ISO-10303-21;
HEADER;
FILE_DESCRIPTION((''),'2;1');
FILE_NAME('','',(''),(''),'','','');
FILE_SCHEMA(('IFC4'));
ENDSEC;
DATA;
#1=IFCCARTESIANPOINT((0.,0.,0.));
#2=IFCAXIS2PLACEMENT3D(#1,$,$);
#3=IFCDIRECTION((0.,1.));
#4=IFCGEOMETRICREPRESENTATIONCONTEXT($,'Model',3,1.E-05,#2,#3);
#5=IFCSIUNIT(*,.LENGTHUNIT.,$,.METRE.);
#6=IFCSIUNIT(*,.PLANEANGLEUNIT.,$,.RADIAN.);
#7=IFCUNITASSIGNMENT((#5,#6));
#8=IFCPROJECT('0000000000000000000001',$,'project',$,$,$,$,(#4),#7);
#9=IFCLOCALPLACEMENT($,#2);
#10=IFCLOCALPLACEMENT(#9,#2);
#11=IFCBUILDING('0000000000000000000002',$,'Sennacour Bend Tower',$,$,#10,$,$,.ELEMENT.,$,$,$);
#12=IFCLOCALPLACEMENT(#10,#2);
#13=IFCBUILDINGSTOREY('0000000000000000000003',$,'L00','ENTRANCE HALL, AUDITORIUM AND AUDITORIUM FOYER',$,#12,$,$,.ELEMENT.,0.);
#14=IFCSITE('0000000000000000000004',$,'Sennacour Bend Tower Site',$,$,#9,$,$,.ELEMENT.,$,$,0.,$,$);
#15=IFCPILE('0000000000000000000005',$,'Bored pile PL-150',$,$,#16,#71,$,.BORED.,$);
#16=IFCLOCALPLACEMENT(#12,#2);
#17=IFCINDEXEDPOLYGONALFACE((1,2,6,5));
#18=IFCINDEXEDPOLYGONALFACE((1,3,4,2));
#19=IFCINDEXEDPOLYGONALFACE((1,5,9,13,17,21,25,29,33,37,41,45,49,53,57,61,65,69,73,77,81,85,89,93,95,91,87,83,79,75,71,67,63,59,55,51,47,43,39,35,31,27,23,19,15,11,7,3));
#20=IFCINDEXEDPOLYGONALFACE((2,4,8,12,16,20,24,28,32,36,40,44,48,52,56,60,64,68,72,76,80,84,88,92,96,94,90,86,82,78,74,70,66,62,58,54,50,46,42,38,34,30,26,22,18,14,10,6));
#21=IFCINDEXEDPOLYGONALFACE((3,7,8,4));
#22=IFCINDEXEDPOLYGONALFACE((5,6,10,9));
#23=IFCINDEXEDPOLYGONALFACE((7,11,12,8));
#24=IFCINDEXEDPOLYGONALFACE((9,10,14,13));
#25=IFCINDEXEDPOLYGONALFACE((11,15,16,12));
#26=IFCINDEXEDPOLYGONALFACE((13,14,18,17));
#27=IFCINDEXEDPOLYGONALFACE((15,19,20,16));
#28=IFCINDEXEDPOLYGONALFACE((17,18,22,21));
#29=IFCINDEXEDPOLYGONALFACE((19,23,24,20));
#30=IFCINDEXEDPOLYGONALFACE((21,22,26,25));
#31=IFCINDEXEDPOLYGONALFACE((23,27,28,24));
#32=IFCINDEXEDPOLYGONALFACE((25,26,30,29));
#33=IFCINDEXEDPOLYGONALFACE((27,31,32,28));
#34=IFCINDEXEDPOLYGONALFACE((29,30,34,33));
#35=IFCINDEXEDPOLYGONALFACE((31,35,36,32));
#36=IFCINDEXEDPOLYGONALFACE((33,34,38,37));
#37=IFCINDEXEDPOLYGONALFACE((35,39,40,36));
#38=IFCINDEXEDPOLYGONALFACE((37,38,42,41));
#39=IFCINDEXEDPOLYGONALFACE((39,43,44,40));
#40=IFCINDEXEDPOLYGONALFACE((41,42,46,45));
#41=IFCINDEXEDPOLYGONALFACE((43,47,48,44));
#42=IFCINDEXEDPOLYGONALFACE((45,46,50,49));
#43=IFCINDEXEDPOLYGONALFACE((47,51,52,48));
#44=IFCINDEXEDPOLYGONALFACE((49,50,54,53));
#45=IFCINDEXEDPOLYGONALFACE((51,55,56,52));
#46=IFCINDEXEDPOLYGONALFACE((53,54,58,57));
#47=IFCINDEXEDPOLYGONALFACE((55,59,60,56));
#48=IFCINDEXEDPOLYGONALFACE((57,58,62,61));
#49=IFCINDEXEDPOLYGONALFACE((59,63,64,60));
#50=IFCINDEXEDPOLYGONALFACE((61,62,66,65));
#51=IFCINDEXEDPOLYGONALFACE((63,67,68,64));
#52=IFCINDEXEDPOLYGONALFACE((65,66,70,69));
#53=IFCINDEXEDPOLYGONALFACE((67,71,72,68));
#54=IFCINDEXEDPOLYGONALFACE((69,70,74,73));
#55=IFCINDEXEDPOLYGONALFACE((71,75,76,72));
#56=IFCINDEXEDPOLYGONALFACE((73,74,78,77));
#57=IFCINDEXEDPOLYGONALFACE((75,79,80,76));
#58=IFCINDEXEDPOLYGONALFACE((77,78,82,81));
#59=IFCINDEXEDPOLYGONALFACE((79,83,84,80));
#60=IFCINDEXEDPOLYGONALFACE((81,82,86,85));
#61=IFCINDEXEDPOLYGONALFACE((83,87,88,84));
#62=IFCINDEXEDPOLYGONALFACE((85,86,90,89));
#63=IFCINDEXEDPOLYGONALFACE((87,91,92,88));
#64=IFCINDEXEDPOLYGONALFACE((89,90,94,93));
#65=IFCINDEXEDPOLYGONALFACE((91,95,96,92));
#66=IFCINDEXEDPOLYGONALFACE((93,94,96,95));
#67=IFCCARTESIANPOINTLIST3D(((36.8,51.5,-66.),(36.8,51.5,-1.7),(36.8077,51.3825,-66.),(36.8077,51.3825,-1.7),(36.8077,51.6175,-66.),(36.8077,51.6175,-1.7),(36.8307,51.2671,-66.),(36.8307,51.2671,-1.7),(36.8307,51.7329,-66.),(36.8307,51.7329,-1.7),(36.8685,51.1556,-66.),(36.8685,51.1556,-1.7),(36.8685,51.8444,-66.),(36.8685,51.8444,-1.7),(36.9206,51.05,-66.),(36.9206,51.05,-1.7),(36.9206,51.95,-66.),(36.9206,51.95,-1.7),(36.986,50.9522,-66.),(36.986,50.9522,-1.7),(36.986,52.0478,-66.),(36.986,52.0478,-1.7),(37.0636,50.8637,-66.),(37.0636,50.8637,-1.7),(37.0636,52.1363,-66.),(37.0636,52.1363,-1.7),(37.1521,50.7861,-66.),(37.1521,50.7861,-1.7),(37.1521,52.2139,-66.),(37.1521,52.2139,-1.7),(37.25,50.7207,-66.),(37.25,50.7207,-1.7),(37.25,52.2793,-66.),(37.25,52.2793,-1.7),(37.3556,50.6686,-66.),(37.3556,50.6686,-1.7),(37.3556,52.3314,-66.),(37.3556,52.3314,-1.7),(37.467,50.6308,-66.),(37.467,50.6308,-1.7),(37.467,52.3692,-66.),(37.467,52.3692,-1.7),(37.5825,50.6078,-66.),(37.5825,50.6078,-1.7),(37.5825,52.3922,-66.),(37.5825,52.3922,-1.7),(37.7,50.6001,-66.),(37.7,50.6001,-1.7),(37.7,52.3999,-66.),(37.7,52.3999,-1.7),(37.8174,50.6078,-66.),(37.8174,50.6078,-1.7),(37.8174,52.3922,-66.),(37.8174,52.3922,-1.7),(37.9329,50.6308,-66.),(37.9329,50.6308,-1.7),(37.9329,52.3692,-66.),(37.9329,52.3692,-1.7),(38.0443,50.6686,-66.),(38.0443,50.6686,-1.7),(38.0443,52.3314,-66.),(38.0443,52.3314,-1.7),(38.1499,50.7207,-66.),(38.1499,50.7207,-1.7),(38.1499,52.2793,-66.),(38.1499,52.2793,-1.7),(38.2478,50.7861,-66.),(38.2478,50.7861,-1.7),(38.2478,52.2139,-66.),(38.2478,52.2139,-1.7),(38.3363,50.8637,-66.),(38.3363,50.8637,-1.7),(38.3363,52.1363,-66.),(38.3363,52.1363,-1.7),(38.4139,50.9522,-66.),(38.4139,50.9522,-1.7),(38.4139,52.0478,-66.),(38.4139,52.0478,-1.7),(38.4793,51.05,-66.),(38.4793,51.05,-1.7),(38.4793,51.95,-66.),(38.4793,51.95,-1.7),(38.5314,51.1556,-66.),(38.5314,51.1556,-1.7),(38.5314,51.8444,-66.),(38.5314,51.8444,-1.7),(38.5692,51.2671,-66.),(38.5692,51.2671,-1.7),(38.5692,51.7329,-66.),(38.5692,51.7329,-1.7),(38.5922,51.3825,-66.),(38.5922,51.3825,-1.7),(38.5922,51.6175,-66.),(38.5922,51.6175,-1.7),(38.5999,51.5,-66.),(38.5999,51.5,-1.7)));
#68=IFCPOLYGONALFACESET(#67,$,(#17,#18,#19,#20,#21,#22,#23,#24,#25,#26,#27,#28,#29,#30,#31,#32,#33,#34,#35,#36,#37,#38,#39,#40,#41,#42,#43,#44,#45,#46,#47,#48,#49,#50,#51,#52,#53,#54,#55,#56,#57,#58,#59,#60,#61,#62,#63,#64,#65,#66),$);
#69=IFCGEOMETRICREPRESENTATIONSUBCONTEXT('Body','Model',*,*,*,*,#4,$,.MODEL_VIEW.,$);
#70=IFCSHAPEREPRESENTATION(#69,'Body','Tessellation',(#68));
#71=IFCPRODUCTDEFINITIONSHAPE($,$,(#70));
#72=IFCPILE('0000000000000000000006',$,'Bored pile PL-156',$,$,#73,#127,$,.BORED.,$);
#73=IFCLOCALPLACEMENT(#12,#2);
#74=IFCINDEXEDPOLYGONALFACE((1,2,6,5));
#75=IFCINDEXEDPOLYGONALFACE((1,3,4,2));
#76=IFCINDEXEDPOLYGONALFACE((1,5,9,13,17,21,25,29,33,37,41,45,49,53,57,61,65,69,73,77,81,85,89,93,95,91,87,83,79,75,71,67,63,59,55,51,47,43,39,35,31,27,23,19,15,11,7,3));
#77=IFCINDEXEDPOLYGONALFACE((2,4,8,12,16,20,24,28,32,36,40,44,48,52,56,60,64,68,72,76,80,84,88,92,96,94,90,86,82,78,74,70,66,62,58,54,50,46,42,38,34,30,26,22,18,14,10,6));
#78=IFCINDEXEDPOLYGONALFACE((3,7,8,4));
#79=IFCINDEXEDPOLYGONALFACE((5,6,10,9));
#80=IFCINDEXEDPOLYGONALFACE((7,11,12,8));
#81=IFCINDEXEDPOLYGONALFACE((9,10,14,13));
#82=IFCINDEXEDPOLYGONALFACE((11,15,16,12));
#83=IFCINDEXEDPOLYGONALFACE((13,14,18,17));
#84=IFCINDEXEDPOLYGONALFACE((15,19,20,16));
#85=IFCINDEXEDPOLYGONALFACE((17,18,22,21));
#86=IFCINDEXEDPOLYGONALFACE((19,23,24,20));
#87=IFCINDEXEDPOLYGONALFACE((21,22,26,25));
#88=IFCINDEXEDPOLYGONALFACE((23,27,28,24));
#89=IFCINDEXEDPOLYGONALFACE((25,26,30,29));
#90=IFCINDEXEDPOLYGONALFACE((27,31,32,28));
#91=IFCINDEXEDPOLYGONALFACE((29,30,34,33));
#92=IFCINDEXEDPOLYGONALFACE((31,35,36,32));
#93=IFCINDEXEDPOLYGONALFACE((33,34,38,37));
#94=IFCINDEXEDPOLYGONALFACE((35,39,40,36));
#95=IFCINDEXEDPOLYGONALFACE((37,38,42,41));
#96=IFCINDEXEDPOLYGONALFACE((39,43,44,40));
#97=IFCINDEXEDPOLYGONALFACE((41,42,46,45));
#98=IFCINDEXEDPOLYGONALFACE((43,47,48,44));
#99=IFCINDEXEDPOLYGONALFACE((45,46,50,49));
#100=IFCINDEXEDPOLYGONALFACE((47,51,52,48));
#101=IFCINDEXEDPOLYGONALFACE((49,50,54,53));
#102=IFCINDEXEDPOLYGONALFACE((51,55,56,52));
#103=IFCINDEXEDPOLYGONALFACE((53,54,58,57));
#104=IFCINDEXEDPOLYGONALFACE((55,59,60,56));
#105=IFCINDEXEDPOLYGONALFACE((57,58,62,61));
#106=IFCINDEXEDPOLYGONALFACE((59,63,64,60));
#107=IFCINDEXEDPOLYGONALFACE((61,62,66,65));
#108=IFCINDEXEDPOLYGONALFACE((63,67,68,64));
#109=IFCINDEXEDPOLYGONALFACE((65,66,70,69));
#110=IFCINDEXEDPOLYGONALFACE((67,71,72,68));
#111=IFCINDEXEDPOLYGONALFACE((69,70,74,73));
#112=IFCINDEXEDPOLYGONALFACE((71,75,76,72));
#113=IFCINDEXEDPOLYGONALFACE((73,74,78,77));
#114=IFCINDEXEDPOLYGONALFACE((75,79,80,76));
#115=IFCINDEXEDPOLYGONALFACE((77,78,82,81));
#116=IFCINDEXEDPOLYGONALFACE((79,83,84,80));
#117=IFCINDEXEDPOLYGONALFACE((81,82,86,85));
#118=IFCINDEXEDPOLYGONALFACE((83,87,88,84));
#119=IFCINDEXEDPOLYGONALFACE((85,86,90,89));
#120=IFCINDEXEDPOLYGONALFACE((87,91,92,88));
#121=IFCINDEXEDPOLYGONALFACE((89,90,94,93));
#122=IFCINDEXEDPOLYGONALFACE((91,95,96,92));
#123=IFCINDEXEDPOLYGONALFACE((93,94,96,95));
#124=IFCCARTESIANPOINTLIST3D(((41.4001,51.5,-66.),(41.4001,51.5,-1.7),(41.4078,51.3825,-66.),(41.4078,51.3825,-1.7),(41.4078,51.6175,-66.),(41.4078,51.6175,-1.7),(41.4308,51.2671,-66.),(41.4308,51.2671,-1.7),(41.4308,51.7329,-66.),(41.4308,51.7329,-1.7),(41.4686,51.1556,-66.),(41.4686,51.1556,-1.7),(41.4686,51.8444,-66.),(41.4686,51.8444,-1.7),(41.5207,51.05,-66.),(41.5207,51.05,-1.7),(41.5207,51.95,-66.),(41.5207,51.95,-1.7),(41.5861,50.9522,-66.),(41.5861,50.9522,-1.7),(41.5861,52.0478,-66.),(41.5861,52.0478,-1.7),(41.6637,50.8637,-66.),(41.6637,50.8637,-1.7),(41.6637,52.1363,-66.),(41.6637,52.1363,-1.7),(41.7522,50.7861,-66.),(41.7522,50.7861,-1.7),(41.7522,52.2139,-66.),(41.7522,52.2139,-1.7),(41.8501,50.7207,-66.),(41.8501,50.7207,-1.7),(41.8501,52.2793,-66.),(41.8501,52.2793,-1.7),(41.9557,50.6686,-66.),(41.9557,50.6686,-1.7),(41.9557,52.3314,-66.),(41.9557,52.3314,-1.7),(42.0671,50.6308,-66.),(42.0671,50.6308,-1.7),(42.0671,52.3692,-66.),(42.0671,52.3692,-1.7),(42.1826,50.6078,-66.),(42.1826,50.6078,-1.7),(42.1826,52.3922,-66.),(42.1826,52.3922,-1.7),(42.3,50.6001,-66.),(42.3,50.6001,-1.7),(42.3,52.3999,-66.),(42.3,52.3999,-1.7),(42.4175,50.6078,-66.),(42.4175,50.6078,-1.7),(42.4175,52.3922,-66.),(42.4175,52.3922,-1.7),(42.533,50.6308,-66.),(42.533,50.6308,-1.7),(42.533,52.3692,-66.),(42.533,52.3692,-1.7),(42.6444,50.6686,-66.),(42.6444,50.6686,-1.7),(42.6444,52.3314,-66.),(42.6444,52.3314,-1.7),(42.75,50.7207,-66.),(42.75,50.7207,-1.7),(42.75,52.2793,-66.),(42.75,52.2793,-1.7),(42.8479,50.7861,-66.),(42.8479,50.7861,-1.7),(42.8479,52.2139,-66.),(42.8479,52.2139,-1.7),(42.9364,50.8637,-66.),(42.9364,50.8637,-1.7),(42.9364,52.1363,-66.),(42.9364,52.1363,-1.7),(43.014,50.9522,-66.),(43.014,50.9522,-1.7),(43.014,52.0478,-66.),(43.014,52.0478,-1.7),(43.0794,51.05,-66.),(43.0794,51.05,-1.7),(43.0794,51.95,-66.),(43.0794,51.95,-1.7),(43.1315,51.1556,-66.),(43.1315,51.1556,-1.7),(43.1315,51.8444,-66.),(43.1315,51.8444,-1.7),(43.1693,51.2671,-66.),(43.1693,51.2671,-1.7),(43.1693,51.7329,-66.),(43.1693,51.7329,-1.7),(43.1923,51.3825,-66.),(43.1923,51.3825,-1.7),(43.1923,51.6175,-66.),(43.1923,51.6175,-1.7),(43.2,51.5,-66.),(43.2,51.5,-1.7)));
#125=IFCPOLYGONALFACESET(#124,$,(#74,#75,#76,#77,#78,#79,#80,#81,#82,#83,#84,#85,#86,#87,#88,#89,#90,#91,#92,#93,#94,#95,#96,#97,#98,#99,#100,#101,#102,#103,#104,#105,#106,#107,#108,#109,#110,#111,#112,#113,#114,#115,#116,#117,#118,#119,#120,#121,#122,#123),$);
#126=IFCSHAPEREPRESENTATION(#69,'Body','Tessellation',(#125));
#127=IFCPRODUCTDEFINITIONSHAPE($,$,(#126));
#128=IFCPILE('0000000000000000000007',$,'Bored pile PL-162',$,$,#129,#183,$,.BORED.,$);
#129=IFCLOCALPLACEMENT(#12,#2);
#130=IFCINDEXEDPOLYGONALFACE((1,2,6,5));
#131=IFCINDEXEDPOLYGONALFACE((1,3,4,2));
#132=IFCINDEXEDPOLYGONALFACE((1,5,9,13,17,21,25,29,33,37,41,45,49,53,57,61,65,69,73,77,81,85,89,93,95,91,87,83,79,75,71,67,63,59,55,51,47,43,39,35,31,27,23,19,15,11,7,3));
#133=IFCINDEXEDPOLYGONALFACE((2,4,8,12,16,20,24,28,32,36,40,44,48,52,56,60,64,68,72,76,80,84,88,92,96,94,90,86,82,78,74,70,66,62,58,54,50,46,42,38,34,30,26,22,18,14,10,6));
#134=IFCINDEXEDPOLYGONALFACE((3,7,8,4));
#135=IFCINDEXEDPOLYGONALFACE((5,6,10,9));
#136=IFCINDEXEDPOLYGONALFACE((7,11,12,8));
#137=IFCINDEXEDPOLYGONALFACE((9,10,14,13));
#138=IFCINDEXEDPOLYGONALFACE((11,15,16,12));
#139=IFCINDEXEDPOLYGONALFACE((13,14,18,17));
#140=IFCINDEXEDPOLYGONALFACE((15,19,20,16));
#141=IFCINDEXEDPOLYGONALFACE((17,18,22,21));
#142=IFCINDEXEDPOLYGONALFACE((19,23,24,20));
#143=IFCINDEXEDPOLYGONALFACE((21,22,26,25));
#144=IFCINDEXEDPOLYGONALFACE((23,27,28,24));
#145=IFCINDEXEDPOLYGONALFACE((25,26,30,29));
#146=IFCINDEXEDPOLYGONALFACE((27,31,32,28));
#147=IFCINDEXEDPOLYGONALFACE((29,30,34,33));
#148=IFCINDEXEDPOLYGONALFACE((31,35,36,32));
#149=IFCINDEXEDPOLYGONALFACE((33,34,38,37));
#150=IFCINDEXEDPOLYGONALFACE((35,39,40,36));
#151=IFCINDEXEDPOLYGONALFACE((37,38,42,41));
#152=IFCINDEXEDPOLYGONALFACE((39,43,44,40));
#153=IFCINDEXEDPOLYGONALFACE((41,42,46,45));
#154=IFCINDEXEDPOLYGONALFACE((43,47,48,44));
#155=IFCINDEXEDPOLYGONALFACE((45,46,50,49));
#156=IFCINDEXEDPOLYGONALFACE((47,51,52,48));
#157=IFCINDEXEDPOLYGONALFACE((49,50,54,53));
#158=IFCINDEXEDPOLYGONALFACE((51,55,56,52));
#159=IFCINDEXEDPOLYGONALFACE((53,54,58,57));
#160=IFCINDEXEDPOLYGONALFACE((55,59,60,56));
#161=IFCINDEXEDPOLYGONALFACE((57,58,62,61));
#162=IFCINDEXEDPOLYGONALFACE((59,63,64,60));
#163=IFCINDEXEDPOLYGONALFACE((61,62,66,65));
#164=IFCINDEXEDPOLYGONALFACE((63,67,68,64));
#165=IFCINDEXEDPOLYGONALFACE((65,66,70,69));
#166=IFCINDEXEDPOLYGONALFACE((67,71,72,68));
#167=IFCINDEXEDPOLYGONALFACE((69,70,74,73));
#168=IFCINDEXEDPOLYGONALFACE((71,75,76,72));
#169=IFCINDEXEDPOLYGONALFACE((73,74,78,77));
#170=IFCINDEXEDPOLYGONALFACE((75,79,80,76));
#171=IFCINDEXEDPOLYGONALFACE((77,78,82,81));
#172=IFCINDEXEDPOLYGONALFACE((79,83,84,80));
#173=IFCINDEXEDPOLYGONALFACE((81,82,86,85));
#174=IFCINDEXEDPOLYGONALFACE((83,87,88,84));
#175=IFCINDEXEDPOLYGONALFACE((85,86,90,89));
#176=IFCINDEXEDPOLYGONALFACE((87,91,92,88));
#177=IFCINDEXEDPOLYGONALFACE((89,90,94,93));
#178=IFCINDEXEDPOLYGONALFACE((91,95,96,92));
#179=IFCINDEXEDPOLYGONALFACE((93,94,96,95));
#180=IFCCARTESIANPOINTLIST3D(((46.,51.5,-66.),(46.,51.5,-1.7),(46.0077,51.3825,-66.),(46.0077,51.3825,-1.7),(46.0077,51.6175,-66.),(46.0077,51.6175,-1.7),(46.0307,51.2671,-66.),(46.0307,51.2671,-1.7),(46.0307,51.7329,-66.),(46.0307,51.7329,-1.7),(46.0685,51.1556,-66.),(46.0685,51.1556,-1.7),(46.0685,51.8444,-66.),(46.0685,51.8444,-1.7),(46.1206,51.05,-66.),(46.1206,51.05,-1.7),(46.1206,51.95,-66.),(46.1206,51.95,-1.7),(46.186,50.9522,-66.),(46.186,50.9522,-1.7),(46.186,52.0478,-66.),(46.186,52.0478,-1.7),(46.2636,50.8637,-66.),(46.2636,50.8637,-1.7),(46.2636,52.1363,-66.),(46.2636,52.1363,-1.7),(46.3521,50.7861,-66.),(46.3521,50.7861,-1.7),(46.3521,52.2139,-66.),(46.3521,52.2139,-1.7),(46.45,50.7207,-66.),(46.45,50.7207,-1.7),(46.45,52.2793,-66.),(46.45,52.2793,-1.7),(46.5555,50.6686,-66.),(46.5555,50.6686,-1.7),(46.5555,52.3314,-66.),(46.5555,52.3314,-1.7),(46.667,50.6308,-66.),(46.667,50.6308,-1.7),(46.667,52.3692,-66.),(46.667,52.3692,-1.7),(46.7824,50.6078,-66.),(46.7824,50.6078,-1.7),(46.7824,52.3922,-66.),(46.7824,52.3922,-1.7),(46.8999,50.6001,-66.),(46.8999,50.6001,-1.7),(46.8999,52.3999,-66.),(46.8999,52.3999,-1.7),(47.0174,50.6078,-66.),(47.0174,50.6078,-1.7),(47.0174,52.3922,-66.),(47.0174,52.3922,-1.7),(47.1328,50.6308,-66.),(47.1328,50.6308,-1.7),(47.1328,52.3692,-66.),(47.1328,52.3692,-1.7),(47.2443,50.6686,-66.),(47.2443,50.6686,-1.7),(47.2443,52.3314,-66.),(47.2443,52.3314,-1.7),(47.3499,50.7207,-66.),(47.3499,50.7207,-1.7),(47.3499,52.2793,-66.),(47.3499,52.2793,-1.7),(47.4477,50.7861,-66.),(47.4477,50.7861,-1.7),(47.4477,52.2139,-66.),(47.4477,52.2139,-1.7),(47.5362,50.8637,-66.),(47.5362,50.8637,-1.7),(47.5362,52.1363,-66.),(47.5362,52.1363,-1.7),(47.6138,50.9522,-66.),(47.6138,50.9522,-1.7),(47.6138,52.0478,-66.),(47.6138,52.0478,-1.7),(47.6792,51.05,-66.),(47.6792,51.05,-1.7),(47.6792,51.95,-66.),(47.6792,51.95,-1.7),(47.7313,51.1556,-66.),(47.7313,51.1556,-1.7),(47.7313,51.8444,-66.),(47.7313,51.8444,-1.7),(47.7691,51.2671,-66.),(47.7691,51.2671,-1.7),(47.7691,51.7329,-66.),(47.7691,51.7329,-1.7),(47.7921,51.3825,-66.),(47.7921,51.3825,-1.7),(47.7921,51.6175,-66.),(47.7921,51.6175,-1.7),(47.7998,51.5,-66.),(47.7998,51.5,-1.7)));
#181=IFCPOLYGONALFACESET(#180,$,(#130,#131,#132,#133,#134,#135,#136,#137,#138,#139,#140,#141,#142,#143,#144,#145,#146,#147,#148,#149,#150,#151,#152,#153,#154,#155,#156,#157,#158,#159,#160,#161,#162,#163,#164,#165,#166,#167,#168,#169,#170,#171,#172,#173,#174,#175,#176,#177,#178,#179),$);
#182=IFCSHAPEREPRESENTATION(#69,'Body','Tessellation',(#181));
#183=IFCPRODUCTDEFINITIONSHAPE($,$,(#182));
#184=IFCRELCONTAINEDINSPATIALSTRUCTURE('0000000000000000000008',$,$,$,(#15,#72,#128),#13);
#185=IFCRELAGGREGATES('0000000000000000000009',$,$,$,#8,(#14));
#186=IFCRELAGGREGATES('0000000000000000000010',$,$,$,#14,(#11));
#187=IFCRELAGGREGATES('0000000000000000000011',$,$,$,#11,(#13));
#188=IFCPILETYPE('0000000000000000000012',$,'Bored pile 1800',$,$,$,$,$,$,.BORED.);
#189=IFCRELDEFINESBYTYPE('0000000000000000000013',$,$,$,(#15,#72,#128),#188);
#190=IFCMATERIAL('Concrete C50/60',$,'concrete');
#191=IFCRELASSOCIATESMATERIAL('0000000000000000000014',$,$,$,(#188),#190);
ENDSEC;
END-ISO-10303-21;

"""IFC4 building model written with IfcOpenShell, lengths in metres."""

from ifc_helpers import new_model, si_unit, direction, frame, origin, origin_2d, place, context, subcontext, project, spatial, circle, extrude, material, material_profile, profile_set, type_object, element, save


model = new_model("IFC4")

# Units and contexts
model_context = context("Model", 3, precision=1e-05, world=origin(), true_north=direction((0.0, 1.0)))
body_context = subcontext(model_context, "Body", "Model", "MODEL_VIEW")
ifc_project = project(units=[si_unit("LENGTHUNIT", "METRE"), si_unit("PLANEANGLEUNIT", "RADIAN")], contexts=[model_context])

# Site, building, storey
site_placement = place(None, origin())
site = spatial("IfcSite", under=ifc_project, at=site_placement, Name="Sennacour Bend Tower Site", CompositionType="ELEMENT", RefElevation=0.0)
building_placement = place(site_placement, origin())
building = spatial("IfcBuilding", under=site, at=building_placement, Name="Sennacour Bend Tower", CompositionType="ELEMENT")
storey_placement = place(building_placement, origin())
storey = spatial("IfcBuildingStorey", under=building, at=storey_placement, Name="L00", Description="ENTRANCE HALL, AUDITORIUM AND AUDITORIUM FOYER", CompositionType="ELEMENT", Elevation=0.0)

# Piles
ifc_material_1 = material(Name="Concrete C50/60", Category="concrete")
ifc_material_profile_1 = material_profile(ifc_material_1, circle(Radius=0.8999, at=origin_2d()), Name="Concrete C50/60", Category="concrete")
ifc_profile_set_1 = profile_set([ifc_material_profile_1], Name="Concrete C50/60")
pile_type = type_object("IfcPileType", Name="Bored pile 1800", PredefinedType="BORED", material=ifc_profile_set_1)
for number, where, z_axis, x_axis, name in (
    (1, (37.7, 51.5, -1.7), (0.0, 0.0, -1.0), (1.0, 0.0, 0.0), "Bored pile PL-150"),
    (2, (42.3, 51.5, -1.7), (0.0, 0.0, -1.0), (1.0, 0.0, 0.0), "Bored pile PL-156"),
    (3, (46.8999, 51.5, -1.7), (0.0, 0.0, -1.0), (1.0, 0.0, 0.0), "Bored pile PL-162"),
):
    element("IfcPile", number, at=place(storey_placement, frame(where, z_axis=z_axis, x_axis=x_axis)), inside=storey, type_object=pile_type, Name=name, PredefinedType="BORED", context=body_context, shape_type="SweptSolid", body=[
        extrude(circle(Radius=0.8999, at=origin_2d()), origin(), (0.0, 0.0, 1.0), 64.3),
    ])

save(model, "model.ifc")
